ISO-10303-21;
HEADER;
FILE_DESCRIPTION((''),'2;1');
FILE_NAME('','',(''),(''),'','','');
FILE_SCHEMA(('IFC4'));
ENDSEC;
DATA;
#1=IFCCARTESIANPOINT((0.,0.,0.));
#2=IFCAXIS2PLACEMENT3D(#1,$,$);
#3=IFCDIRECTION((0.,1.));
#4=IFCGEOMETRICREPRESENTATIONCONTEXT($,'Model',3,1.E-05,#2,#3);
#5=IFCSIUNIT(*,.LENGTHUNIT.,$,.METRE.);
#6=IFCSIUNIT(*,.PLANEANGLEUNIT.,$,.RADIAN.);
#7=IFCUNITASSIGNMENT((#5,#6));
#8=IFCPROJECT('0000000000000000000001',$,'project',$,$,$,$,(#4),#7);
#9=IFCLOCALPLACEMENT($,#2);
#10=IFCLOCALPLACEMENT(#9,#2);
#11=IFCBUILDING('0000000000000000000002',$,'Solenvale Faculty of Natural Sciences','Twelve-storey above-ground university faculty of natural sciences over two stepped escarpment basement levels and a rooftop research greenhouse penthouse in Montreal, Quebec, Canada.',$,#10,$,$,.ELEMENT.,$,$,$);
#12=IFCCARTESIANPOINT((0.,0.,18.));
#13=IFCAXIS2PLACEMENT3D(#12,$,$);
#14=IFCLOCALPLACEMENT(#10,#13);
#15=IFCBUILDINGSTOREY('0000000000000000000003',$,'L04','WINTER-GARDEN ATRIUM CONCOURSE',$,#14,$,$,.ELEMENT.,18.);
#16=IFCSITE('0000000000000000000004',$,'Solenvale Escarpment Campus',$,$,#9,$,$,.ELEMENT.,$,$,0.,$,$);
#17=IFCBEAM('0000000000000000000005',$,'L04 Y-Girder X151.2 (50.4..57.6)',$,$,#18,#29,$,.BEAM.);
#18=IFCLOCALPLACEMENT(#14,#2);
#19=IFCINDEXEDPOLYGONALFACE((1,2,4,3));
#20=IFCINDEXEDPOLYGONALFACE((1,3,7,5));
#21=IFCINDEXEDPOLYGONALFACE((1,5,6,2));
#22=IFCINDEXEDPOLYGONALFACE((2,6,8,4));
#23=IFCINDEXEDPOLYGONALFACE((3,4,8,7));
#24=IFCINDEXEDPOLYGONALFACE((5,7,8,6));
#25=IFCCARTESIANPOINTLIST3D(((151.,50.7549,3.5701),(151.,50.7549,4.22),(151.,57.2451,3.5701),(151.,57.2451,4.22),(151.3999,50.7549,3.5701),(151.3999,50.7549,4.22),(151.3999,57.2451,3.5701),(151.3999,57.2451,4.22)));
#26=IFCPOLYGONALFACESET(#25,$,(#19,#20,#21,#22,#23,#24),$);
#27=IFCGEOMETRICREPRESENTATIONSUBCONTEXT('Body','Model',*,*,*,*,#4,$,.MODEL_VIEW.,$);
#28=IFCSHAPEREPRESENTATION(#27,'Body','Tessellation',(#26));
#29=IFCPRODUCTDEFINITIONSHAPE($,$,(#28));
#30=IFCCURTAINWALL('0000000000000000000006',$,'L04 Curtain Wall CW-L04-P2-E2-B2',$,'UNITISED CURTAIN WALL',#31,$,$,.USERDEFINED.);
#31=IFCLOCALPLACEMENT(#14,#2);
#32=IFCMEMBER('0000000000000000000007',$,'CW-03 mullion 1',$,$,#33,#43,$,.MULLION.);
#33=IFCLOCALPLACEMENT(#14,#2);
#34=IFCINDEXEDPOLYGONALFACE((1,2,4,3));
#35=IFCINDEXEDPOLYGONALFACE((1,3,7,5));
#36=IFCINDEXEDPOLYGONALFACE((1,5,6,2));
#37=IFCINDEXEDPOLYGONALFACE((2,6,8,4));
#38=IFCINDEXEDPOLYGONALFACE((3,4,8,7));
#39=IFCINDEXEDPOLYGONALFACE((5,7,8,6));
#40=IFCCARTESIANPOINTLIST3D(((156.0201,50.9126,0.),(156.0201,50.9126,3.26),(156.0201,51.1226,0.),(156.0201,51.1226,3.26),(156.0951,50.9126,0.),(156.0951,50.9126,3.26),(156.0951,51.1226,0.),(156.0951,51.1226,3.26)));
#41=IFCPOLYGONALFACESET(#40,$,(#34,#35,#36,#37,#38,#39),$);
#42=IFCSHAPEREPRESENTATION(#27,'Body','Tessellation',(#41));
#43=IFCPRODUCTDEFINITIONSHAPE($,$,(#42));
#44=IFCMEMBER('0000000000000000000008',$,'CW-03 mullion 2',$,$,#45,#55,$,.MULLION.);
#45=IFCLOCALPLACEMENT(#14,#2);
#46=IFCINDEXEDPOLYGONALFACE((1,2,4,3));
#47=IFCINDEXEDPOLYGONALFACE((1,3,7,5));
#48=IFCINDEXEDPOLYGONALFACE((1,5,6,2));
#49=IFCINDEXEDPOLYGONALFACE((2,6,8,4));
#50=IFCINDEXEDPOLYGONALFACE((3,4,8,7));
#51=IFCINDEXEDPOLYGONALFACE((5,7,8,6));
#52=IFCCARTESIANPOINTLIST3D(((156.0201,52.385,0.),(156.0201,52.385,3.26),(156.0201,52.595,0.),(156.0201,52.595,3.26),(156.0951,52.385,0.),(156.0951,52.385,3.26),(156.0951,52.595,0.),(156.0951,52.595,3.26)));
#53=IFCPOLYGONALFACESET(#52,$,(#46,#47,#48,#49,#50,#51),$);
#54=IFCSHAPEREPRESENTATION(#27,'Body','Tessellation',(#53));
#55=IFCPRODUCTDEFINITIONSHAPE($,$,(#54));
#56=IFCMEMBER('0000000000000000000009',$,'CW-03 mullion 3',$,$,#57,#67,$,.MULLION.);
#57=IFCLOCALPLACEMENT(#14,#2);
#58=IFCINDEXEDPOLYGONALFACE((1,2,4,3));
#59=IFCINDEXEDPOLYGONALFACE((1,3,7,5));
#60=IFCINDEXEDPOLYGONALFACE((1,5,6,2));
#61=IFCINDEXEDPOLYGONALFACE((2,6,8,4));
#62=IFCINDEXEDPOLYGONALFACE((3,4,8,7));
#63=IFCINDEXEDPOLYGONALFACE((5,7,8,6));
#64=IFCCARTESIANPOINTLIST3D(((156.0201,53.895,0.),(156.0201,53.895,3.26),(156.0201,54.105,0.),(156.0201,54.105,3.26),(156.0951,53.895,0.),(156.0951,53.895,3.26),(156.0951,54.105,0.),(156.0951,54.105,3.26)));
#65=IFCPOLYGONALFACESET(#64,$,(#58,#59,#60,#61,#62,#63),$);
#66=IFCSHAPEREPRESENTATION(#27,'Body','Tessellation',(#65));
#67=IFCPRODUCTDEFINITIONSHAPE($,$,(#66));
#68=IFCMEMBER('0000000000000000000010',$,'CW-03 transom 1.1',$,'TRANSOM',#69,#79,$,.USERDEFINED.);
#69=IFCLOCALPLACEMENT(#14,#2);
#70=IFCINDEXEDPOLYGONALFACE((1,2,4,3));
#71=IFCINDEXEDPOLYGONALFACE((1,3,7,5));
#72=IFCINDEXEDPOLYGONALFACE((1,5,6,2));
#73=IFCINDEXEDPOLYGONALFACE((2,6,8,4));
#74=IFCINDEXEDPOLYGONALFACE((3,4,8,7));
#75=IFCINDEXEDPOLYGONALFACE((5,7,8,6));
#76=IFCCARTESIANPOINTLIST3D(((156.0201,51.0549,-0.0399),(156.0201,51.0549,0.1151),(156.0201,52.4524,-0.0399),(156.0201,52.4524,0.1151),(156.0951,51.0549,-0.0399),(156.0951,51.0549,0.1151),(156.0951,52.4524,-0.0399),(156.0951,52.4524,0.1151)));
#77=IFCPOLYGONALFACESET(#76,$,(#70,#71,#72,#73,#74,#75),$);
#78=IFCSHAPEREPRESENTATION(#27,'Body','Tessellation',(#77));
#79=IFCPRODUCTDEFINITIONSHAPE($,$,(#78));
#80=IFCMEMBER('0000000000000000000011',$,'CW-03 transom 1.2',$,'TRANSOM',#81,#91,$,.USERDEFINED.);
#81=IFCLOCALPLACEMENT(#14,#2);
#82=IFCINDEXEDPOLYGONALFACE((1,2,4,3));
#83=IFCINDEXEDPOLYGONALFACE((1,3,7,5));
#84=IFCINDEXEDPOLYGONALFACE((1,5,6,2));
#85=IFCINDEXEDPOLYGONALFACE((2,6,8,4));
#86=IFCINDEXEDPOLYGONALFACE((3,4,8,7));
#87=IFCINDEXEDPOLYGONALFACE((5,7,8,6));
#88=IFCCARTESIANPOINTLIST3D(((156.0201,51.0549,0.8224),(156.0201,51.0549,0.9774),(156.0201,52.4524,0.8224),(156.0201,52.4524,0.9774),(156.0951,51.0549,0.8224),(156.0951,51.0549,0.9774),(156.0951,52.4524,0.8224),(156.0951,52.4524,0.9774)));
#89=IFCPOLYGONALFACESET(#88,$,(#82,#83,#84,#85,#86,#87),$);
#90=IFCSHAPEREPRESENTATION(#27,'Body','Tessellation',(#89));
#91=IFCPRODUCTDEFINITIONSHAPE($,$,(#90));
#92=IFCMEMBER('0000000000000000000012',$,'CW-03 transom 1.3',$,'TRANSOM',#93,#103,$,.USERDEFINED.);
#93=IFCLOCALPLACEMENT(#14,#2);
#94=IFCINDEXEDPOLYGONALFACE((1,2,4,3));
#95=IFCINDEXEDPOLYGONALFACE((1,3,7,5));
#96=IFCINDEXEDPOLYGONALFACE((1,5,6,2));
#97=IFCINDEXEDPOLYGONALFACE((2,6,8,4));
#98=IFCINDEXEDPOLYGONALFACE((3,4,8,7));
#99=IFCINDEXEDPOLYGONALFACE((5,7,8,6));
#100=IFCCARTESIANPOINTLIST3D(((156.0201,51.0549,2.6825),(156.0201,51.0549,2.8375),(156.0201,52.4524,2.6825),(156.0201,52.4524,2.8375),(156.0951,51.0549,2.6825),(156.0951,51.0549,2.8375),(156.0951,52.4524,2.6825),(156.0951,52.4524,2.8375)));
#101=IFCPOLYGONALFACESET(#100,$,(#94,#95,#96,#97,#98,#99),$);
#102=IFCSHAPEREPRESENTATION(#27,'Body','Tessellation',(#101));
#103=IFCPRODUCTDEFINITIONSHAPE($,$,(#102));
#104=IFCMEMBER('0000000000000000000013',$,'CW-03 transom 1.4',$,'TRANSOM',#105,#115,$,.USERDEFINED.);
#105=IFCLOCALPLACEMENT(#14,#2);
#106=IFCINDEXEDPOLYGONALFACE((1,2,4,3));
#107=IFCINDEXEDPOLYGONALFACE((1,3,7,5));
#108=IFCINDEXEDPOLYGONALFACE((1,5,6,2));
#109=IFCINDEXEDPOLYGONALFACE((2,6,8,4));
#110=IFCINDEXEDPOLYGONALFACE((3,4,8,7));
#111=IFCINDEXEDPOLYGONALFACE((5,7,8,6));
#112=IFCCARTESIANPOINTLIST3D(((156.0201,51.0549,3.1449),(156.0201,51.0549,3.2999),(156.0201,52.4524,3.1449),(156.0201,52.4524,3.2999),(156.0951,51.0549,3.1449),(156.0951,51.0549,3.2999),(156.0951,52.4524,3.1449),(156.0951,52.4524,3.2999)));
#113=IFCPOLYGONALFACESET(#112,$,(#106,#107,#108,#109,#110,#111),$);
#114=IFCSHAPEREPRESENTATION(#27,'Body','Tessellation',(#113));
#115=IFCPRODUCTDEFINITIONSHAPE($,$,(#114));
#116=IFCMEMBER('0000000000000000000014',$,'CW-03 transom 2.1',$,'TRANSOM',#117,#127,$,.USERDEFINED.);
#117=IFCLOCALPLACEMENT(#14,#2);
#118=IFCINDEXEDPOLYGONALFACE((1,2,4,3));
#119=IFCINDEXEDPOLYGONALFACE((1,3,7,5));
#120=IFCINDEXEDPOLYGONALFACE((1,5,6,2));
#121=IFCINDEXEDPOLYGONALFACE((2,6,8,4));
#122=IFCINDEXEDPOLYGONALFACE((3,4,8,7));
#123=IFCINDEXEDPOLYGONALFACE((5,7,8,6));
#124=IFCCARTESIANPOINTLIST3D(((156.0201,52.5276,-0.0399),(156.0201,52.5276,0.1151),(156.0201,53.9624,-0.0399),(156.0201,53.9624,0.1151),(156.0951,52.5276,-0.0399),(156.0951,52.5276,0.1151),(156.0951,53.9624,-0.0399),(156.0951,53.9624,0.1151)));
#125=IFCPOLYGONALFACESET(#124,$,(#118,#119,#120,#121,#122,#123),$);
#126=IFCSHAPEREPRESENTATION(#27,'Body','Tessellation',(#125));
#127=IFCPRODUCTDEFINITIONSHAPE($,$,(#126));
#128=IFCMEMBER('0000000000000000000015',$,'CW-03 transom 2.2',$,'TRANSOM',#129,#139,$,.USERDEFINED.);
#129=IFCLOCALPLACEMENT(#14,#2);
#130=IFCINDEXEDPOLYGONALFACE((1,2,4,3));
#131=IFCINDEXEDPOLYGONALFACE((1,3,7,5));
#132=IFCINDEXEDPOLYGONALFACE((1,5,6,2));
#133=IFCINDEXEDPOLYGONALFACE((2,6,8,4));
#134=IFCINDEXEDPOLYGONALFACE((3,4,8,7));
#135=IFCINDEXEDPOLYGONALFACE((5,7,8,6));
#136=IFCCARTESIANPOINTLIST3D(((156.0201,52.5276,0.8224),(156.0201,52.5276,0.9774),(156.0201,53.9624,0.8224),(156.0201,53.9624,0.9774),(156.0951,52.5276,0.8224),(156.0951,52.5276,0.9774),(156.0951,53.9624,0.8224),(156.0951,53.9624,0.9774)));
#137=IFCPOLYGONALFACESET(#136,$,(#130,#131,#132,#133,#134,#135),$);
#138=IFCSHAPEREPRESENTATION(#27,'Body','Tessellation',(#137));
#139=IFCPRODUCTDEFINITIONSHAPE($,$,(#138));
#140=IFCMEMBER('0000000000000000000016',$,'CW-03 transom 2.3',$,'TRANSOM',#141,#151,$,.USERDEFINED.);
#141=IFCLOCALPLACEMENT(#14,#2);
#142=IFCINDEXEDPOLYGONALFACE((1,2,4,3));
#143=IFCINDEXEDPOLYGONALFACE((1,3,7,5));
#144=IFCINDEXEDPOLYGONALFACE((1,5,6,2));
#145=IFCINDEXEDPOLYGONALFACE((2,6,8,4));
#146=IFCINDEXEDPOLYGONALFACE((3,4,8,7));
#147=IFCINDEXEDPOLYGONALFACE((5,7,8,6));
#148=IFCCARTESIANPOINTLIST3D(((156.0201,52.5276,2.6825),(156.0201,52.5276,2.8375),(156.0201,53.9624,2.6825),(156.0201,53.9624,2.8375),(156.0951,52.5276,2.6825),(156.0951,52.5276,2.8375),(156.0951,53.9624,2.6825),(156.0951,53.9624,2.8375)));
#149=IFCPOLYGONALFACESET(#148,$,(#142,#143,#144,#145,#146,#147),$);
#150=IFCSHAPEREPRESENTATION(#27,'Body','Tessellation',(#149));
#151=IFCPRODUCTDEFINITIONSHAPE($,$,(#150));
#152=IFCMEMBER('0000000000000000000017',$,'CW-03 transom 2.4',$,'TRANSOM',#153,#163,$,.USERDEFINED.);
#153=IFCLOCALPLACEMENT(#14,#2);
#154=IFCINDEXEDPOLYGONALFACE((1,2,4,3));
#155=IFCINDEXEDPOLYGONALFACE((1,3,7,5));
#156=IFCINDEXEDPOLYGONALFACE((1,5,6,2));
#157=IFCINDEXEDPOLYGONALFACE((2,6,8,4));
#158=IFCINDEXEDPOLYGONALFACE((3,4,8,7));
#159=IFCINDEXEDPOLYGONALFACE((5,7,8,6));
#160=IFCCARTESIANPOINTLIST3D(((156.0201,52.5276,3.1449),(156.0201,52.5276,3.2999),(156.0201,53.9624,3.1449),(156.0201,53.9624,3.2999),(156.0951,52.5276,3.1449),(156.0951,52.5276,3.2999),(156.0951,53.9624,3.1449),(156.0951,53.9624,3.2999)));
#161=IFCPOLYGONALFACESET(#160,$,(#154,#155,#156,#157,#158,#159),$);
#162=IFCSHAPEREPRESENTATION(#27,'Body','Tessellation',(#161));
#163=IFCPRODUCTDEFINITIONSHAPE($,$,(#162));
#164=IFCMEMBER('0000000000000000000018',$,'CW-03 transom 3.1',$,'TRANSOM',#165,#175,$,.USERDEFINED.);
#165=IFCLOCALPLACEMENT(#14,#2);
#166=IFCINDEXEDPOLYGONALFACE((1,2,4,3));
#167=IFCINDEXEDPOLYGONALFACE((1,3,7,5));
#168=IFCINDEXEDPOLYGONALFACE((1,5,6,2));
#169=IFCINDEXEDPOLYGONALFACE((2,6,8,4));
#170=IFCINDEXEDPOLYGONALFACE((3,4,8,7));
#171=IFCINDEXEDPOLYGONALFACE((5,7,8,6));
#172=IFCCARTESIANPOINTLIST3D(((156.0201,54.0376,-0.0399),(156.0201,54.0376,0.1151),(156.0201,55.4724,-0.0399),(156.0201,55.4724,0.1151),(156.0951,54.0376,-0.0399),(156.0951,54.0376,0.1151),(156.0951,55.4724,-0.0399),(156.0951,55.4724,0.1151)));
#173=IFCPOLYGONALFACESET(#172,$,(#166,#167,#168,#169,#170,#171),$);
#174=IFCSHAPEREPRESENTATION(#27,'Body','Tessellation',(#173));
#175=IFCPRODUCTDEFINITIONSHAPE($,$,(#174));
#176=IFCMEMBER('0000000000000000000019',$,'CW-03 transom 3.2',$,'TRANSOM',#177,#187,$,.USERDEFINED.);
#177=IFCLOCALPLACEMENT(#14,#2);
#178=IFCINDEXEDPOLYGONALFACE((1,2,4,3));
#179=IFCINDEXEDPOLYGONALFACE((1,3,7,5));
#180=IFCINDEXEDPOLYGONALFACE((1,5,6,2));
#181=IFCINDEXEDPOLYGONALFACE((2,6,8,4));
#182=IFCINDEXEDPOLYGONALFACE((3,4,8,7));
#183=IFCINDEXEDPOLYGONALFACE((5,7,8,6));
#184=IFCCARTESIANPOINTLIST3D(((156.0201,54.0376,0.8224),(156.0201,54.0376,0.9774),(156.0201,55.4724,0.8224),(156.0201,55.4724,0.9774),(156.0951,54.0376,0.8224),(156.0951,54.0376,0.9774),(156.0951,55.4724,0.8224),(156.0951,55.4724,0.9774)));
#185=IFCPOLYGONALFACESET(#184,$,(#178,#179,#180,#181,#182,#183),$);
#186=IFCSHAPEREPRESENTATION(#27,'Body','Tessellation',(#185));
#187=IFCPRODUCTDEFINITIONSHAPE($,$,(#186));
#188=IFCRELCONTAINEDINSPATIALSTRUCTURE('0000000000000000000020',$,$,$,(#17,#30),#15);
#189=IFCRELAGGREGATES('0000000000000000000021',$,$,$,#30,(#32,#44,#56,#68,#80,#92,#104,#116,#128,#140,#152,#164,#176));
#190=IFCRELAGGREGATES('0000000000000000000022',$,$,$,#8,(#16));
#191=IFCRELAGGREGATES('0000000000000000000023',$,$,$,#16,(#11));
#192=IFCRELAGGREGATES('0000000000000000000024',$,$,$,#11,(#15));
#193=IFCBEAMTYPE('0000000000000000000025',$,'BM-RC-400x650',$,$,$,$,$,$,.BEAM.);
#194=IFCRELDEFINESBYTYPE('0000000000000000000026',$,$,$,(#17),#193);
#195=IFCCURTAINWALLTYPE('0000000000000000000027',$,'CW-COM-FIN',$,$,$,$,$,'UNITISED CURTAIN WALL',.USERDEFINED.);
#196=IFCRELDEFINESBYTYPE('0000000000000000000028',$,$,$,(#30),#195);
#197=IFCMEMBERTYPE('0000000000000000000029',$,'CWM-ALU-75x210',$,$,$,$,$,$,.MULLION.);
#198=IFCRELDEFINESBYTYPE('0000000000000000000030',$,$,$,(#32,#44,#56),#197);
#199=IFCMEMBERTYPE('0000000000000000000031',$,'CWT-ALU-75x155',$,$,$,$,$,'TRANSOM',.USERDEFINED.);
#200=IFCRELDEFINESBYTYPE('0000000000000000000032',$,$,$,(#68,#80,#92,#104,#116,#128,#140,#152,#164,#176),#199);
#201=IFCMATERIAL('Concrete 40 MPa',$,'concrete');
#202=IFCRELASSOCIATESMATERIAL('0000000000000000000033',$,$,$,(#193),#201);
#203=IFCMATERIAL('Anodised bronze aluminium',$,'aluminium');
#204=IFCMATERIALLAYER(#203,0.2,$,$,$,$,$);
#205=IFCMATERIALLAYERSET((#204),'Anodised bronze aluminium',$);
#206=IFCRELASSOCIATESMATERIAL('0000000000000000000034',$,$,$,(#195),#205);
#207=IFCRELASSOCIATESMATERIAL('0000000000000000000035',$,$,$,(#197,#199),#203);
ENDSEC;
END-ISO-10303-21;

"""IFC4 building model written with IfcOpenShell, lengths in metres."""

from ifc_helpers import new_model, si_unit, direction, frame, origin, origin_2d, place, context, subcontext, project, spatial, rectangle, extrude, material, layer, layer_set, material_profile, profile_set, type_object, element, aggregate, save


model = new_model("IFC4")

# Units and contexts
model_context = context("Model", 3, precision=1e-05, world=origin(), true_north=direction((0.0, 1.0)))
body_context = subcontext(model_context, "Body", "Model", "MODEL_VIEW")
ifc_project = project(units=[si_unit("LENGTHUNIT", "METRE"), si_unit("PLANEANGLEUNIT", "RADIAN")], contexts=[model_context])

# Site, building, storey
site_placement = place(None, origin())
site = spatial("IfcSite", under=ifc_project, at=site_placement, Name="Solenvale Escarpment Campus", CompositionType="ELEMENT", RefElevation=0.0)
building_placement = place(site_placement, origin())
building = spatial("IfcBuilding", under=site, at=building_placement, Name="Solenvale Faculty of Natural Sciences", Description="Twelve-storey above-ground university faculty of natural sciences over two stepped escarpment basement levels and a rooftop research greenhouse penthouse in Montreal, Quebec, Canada.", CompositionType="ELEMENT")
storey_placement = place(building_placement, frame((0.0, 0.0, 18.0)))
storey = spatial("IfcBuildingStorey", under=building, at=storey_placement, Name="L04", Description="WINTER-GARDEN ATRIUM CONCOURSE", CompositionType="ELEMENT", Elevation=18.0)

# Beam
ifc_material_1 = material(Name="Concrete 40 MPa", Category="concrete")
ifc_material_profile_1 = material_profile(ifc_material_1, rectangle(XDim=0.3999, YDim=0.6499, at=origin_2d()), Name="RC-BM-400x650")
ifc_profile_set_1 = profile_set([ifc_material_profile_1], Name="Concrete 40 MPa")
beam_type = type_object("IfcBeamType", Name="BM-RC-400x650", PredefinedType="BEAM", material=ifc_profile_set_1)
beam_placement = place(storey_placement, frame((151.2, 50.7549, 3.895), z_axis=(0.0, 1.0, 0.0), x_axis=(-1.0, 0.0, 0.0)))
element("IfcBeam", 1, at=beam_placement, inside=storey, type_object=beam_type, Name="L04 Y-Girder X151.2 (50.4..57.6)", PredefinedType="BEAM", context=body_context, shape_type="SweptSolid", body=[
    extrude(rectangle(XDim=0.3999, YDim=0.6499, at=origin_2d()), origin(), (0.0, 0.0, 1.0), 6.4902),
])

# Curtain wall, members
ifc_material_2 = material(Name="Anodised bronze aluminium", Category="aluminium")
ifc_layer_1 = layer(ifc_material_2, 0.2)
ifc_layer_set_1 = layer_set([ifc_layer_1], Name="Anodised bronze aluminium")
curtain_wall_type = type_object("IfcCurtainWallType", Name="CW-COM-FIN", ElementType="UNITISED CURTAIN WALL", PredefinedType="USERDEFINED", material=ifc_layer_set_1)
curtain_wall_placement = place(storey_placement, origin())
curtain_wall = element("IfcCurtainWall", 2, at=curtain_wall_placement, inside=storey, type_object=curtain_wall_type, Name="L04 Curtain Wall CW-L04-P2-E2-B2", ObjectType="UNITISED CURTAIN WALL", PredefinedType="USERDEFINED")
ifc_material_profile_2 = material_profile(ifc_material_2, rectangle(XDim=0.075, YDim=0.21, at=origin_2d()), Name="ALU-MUL-75x210")
ifc_profile_set_2 = profile_set([ifc_material_profile_2], Name="Anodised bronze aluminium")
member_type_1 = type_object("IfcMemberType", Name="CWM-ALU-75x210", PredefinedType="MULLION", material=ifc_profile_set_2)
member_1_placement = place(storey_placement, frame((156.0576, 51.0176, 0.0), z_axis=(0.0, 0.0, 1.0), x_axis=(-1.0, 0.0, 0.0)))
member_1 = element("IfcMember", 3, at=member_1_placement, type_object=member_type_1, Name="CW-03 mullion 1", PredefinedType="MULLION", context=body_context, shape_type="SweptSolid", body=[
    extrude(rectangle(XDim=0.075, YDim=0.21, at=origin_2d()), origin(), (0.0, 0.0, 1.0), 3.26),
])
member_2_placement = place(storey_placement, frame((156.0576, 52.49, 0.0), z_axis=(0.0, 0.0, 1.0), x_axis=(-1.0, 0.0, 0.0)))
member_2 = element("IfcMember", 4, at=member_2_placement, type_object=member_type_1, Name="CW-03 mullion 2", PredefinedType="MULLION", context=body_context, shape_type="SweptSolid", body=[
    extrude(rectangle(XDim=0.075, YDim=0.21, at=origin_2d()), origin(), (0.0, 0.0, 1.0), 3.26),
])
member_3_placement = place(storey_placement, frame((156.0576, 54.0, 0.0), z_axis=(0.0, 0.0, 1.0), x_axis=(-1.0, 0.0, 0.0)))
member_3 = element("IfcMember", 5, at=member_3_placement, type_object=member_type_1, Name="CW-03 mullion 3", PredefinedType="MULLION", context=body_context, shape_type="SweptSolid", body=[
    extrude(rectangle(XDim=0.075, YDim=0.21, at=origin_2d()), origin(), (0.0, 0.0, 1.0), 3.26),
])
ifc_material_profile_3 = material_profile(ifc_material_2, rectangle(XDim=0.075, YDim=0.155, at=origin_2d()), Name="ALU-TRN-75x155")
ifc_profile_set_3 = profile_set([ifc_material_profile_3], Name="Anodised bronze aluminium")
member_type_2 = type_object("IfcMemberType", Name="CWT-ALU-75x155", ElementType="TRANSOM", PredefinedType="USERDEFINED", material=ifc_profile_set_3)
member_4_placement = place(storey_placement, frame((156.0576, 51.0549, 0.0376), z_axis=(0.0, 1.0, 0.0), x_axis=(-1.0, 0.0, 0.0)))
member_4 = element("IfcMember", 6, at=member_4_placement, type_object=member_type_2, Name="CW-03 transom 1.1", ObjectType="TRANSOM", PredefinedType="USERDEFINED", context=body_context, shape_type="SweptSolid", body=[
    extrude(rectangle(XDim=0.075, YDim=0.155, at=origin_2d()), origin(), (0.0, 0.0, 1.0), 1.3975),
])
member_5_placement = place(storey_placement, frame((156.0576, 51.0549, 0.8999), z_axis=(0.0, 1.0, 0.0), x_axis=(-1.0, 0.0, 0.0)))
member_5 = element("IfcMember", 7, at=member_5_placement, type_object=member_type_2, Name="CW-03 transom 1.2", ObjectType="TRANSOM", PredefinedType="USERDEFINED", context=body_context, shape_type="SweptSolid", body=[
    extrude(rectangle(XDim=0.075, YDim=0.155, at=origin_2d()), origin(), (0.0, 0.0, 1.0), 1.3975),
])
member_6_placement = place(storey_placement, frame((156.0576, 51.0549, 2.76), z_axis=(0.0, 1.0, 0.0), x_axis=(-1.0, 0.0, 0.0)))
member_6 = element("IfcMember", 8, at=member_6_placement, type_object=member_type_2, Name="CW-03 transom 1.3", ObjectType="TRANSOM", PredefinedType="USERDEFINED", context=body_context, shape_type="SweptSolid", body=[
    extrude(rectangle(XDim=0.075, YDim=0.155, at=origin_2d()), origin(), (0.0, 0.0, 1.0), 1.3975),
])
member_7_placement = place(storey_placement, frame((156.0576, 51.0549, 3.2224), z_axis=(0.0, 1.0, 0.0), x_axis=(-1.0, 0.0, 0.0)))
member_7 = element("IfcMember", 9, at=member_7_placement, type_object=member_type_2, Name="CW-03 transom 1.4", ObjectType="TRANSOM", PredefinedType="USERDEFINED", context=body_context, shape_type="SweptSolid", body=[
    extrude(rectangle(XDim=0.075, YDim=0.155, at=origin_2d()), origin(), (0.0, 0.0, 1.0), 1.3975),
])
member_8_placement = place(storey_placement, frame((156.0576, 52.5276, 0.0376), z_axis=(0.0, 1.0, 0.0), x_axis=(-1.0, 0.0, 0.0)))
member_8 = element("IfcMember", 10, at=member_8_placement, type_object=member_type_2, Name="CW-03 transom 2.1", ObjectType="TRANSOM", PredefinedType="USERDEFINED", context=body_context, shape_type="SweptSolid", body=[
    extrude(rectangle(XDim=0.075, YDim=0.155, at=origin_2d()), origin(), (0.0, 0.0, 1.0), 1.4348),
])
member_9_placement = place(storey_placement, frame((156.0576, 52.5276, 0.8999), z_axis=(0.0, 1.0, 0.0), x_axis=(-1.0, 0.0, 0.0)))
member_9 = element("IfcMember", 11, at=member_9_placement, type_object=member_type_2, Name="CW-03 transom 2.2", ObjectType="TRANSOM", PredefinedType="USERDEFINED", context=body_context, shape_type="SweptSolid", body=[
    extrude(rectangle(XDim=0.075, YDim=0.155, at=origin_2d()), origin(), (0.0, 0.0, 1.0), 1.4348),
])
member_10_placement = place(storey_placement, frame((156.0576, 52.5276, 2.76), z_axis=(0.0, 1.0, 0.0), x_axis=(-1.0, 0.0, 0.0)))
member_10 = element("IfcMember", 12, at=member_10_placement, type_object=member_type_2, Name="CW-03 transom 2.3", ObjectType="TRANSOM", PredefinedType="USERDEFINED", context=body_context, shape_type="SweptSolid", body=[
    extrude(rectangle(XDim=0.075, YDim=0.155, at=origin_2d()), origin(), (0.0, 0.0, 1.0), 1.4348),
])
member_11_placement = place(storey_placement, frame((156.0576, 52.5276, 3.2224), z_axis=(0.0, 1.0, 0.0), x_axis=(-1.0, 0.0, 0.0)))
member_11 = element("IfcMember", 13, at=member_11_placement, type_object=member_type_2, Name="CW-03 transom 2.4", ObjectType="TRANSOM", PredefinedType="USERDEFINED", context=body_context, shape_type="SweptSolid", body=[
    extrude(rectangle(XDim=0.075, YDim=0.155, at=origin_2d()), origin(), (0.0, 0.0, 1.0), 1.4348),
])
member_12_placement = place(storey_placement, frame((156.0576, 54.0376, 0.0376), z_axis=(0.0, 1.0, 0.0), x_axis=(-1.0, 0.0, 0.0)))
member_12 = element("IfcMember", 14, at=member_12_placement, type_object=member_type_2, Name="CW-03 transom 3.1", ObjectType="TRANSOM", PredefinedType="USERDEFINED", context=body_context, shape_type="SweptSolid", body=[
    extrude(rectangle(XDim=0.075, YDim=0.155, at=origin_2d()), origin(), (0.0, 0.0, 1.0), 1.4348),
])
member_13_placement = place(storey_placement, frame((156.0576, 54.0376, 0.8999), z_axis=(0.0, 1.0, 0.0), x_axis=(-1.0, 0.0, 0.0)))
member_13 = element("IfcMember", 15, at=member_13_placement, type_object=member_type_2, Name="CW-03 transom 3.2", ObjectType="TRANSOM", PredefinedType="USERDEFINED", context=body_context, shape_type="SweptSolid", body=[
    extrude(rectangle(XDim=0.075, YDim=0.155, at=origin_2d()), origin(), (0.0, 0.0, 1.0), 1.4348),
])
aggregate(curtain_wall, [member_1, member_2, member_3, member_4, member_5, member_6, member_7, member_8, member_9, member_10, member_11, member_12, member_13])

save(model, "model.ifc")
